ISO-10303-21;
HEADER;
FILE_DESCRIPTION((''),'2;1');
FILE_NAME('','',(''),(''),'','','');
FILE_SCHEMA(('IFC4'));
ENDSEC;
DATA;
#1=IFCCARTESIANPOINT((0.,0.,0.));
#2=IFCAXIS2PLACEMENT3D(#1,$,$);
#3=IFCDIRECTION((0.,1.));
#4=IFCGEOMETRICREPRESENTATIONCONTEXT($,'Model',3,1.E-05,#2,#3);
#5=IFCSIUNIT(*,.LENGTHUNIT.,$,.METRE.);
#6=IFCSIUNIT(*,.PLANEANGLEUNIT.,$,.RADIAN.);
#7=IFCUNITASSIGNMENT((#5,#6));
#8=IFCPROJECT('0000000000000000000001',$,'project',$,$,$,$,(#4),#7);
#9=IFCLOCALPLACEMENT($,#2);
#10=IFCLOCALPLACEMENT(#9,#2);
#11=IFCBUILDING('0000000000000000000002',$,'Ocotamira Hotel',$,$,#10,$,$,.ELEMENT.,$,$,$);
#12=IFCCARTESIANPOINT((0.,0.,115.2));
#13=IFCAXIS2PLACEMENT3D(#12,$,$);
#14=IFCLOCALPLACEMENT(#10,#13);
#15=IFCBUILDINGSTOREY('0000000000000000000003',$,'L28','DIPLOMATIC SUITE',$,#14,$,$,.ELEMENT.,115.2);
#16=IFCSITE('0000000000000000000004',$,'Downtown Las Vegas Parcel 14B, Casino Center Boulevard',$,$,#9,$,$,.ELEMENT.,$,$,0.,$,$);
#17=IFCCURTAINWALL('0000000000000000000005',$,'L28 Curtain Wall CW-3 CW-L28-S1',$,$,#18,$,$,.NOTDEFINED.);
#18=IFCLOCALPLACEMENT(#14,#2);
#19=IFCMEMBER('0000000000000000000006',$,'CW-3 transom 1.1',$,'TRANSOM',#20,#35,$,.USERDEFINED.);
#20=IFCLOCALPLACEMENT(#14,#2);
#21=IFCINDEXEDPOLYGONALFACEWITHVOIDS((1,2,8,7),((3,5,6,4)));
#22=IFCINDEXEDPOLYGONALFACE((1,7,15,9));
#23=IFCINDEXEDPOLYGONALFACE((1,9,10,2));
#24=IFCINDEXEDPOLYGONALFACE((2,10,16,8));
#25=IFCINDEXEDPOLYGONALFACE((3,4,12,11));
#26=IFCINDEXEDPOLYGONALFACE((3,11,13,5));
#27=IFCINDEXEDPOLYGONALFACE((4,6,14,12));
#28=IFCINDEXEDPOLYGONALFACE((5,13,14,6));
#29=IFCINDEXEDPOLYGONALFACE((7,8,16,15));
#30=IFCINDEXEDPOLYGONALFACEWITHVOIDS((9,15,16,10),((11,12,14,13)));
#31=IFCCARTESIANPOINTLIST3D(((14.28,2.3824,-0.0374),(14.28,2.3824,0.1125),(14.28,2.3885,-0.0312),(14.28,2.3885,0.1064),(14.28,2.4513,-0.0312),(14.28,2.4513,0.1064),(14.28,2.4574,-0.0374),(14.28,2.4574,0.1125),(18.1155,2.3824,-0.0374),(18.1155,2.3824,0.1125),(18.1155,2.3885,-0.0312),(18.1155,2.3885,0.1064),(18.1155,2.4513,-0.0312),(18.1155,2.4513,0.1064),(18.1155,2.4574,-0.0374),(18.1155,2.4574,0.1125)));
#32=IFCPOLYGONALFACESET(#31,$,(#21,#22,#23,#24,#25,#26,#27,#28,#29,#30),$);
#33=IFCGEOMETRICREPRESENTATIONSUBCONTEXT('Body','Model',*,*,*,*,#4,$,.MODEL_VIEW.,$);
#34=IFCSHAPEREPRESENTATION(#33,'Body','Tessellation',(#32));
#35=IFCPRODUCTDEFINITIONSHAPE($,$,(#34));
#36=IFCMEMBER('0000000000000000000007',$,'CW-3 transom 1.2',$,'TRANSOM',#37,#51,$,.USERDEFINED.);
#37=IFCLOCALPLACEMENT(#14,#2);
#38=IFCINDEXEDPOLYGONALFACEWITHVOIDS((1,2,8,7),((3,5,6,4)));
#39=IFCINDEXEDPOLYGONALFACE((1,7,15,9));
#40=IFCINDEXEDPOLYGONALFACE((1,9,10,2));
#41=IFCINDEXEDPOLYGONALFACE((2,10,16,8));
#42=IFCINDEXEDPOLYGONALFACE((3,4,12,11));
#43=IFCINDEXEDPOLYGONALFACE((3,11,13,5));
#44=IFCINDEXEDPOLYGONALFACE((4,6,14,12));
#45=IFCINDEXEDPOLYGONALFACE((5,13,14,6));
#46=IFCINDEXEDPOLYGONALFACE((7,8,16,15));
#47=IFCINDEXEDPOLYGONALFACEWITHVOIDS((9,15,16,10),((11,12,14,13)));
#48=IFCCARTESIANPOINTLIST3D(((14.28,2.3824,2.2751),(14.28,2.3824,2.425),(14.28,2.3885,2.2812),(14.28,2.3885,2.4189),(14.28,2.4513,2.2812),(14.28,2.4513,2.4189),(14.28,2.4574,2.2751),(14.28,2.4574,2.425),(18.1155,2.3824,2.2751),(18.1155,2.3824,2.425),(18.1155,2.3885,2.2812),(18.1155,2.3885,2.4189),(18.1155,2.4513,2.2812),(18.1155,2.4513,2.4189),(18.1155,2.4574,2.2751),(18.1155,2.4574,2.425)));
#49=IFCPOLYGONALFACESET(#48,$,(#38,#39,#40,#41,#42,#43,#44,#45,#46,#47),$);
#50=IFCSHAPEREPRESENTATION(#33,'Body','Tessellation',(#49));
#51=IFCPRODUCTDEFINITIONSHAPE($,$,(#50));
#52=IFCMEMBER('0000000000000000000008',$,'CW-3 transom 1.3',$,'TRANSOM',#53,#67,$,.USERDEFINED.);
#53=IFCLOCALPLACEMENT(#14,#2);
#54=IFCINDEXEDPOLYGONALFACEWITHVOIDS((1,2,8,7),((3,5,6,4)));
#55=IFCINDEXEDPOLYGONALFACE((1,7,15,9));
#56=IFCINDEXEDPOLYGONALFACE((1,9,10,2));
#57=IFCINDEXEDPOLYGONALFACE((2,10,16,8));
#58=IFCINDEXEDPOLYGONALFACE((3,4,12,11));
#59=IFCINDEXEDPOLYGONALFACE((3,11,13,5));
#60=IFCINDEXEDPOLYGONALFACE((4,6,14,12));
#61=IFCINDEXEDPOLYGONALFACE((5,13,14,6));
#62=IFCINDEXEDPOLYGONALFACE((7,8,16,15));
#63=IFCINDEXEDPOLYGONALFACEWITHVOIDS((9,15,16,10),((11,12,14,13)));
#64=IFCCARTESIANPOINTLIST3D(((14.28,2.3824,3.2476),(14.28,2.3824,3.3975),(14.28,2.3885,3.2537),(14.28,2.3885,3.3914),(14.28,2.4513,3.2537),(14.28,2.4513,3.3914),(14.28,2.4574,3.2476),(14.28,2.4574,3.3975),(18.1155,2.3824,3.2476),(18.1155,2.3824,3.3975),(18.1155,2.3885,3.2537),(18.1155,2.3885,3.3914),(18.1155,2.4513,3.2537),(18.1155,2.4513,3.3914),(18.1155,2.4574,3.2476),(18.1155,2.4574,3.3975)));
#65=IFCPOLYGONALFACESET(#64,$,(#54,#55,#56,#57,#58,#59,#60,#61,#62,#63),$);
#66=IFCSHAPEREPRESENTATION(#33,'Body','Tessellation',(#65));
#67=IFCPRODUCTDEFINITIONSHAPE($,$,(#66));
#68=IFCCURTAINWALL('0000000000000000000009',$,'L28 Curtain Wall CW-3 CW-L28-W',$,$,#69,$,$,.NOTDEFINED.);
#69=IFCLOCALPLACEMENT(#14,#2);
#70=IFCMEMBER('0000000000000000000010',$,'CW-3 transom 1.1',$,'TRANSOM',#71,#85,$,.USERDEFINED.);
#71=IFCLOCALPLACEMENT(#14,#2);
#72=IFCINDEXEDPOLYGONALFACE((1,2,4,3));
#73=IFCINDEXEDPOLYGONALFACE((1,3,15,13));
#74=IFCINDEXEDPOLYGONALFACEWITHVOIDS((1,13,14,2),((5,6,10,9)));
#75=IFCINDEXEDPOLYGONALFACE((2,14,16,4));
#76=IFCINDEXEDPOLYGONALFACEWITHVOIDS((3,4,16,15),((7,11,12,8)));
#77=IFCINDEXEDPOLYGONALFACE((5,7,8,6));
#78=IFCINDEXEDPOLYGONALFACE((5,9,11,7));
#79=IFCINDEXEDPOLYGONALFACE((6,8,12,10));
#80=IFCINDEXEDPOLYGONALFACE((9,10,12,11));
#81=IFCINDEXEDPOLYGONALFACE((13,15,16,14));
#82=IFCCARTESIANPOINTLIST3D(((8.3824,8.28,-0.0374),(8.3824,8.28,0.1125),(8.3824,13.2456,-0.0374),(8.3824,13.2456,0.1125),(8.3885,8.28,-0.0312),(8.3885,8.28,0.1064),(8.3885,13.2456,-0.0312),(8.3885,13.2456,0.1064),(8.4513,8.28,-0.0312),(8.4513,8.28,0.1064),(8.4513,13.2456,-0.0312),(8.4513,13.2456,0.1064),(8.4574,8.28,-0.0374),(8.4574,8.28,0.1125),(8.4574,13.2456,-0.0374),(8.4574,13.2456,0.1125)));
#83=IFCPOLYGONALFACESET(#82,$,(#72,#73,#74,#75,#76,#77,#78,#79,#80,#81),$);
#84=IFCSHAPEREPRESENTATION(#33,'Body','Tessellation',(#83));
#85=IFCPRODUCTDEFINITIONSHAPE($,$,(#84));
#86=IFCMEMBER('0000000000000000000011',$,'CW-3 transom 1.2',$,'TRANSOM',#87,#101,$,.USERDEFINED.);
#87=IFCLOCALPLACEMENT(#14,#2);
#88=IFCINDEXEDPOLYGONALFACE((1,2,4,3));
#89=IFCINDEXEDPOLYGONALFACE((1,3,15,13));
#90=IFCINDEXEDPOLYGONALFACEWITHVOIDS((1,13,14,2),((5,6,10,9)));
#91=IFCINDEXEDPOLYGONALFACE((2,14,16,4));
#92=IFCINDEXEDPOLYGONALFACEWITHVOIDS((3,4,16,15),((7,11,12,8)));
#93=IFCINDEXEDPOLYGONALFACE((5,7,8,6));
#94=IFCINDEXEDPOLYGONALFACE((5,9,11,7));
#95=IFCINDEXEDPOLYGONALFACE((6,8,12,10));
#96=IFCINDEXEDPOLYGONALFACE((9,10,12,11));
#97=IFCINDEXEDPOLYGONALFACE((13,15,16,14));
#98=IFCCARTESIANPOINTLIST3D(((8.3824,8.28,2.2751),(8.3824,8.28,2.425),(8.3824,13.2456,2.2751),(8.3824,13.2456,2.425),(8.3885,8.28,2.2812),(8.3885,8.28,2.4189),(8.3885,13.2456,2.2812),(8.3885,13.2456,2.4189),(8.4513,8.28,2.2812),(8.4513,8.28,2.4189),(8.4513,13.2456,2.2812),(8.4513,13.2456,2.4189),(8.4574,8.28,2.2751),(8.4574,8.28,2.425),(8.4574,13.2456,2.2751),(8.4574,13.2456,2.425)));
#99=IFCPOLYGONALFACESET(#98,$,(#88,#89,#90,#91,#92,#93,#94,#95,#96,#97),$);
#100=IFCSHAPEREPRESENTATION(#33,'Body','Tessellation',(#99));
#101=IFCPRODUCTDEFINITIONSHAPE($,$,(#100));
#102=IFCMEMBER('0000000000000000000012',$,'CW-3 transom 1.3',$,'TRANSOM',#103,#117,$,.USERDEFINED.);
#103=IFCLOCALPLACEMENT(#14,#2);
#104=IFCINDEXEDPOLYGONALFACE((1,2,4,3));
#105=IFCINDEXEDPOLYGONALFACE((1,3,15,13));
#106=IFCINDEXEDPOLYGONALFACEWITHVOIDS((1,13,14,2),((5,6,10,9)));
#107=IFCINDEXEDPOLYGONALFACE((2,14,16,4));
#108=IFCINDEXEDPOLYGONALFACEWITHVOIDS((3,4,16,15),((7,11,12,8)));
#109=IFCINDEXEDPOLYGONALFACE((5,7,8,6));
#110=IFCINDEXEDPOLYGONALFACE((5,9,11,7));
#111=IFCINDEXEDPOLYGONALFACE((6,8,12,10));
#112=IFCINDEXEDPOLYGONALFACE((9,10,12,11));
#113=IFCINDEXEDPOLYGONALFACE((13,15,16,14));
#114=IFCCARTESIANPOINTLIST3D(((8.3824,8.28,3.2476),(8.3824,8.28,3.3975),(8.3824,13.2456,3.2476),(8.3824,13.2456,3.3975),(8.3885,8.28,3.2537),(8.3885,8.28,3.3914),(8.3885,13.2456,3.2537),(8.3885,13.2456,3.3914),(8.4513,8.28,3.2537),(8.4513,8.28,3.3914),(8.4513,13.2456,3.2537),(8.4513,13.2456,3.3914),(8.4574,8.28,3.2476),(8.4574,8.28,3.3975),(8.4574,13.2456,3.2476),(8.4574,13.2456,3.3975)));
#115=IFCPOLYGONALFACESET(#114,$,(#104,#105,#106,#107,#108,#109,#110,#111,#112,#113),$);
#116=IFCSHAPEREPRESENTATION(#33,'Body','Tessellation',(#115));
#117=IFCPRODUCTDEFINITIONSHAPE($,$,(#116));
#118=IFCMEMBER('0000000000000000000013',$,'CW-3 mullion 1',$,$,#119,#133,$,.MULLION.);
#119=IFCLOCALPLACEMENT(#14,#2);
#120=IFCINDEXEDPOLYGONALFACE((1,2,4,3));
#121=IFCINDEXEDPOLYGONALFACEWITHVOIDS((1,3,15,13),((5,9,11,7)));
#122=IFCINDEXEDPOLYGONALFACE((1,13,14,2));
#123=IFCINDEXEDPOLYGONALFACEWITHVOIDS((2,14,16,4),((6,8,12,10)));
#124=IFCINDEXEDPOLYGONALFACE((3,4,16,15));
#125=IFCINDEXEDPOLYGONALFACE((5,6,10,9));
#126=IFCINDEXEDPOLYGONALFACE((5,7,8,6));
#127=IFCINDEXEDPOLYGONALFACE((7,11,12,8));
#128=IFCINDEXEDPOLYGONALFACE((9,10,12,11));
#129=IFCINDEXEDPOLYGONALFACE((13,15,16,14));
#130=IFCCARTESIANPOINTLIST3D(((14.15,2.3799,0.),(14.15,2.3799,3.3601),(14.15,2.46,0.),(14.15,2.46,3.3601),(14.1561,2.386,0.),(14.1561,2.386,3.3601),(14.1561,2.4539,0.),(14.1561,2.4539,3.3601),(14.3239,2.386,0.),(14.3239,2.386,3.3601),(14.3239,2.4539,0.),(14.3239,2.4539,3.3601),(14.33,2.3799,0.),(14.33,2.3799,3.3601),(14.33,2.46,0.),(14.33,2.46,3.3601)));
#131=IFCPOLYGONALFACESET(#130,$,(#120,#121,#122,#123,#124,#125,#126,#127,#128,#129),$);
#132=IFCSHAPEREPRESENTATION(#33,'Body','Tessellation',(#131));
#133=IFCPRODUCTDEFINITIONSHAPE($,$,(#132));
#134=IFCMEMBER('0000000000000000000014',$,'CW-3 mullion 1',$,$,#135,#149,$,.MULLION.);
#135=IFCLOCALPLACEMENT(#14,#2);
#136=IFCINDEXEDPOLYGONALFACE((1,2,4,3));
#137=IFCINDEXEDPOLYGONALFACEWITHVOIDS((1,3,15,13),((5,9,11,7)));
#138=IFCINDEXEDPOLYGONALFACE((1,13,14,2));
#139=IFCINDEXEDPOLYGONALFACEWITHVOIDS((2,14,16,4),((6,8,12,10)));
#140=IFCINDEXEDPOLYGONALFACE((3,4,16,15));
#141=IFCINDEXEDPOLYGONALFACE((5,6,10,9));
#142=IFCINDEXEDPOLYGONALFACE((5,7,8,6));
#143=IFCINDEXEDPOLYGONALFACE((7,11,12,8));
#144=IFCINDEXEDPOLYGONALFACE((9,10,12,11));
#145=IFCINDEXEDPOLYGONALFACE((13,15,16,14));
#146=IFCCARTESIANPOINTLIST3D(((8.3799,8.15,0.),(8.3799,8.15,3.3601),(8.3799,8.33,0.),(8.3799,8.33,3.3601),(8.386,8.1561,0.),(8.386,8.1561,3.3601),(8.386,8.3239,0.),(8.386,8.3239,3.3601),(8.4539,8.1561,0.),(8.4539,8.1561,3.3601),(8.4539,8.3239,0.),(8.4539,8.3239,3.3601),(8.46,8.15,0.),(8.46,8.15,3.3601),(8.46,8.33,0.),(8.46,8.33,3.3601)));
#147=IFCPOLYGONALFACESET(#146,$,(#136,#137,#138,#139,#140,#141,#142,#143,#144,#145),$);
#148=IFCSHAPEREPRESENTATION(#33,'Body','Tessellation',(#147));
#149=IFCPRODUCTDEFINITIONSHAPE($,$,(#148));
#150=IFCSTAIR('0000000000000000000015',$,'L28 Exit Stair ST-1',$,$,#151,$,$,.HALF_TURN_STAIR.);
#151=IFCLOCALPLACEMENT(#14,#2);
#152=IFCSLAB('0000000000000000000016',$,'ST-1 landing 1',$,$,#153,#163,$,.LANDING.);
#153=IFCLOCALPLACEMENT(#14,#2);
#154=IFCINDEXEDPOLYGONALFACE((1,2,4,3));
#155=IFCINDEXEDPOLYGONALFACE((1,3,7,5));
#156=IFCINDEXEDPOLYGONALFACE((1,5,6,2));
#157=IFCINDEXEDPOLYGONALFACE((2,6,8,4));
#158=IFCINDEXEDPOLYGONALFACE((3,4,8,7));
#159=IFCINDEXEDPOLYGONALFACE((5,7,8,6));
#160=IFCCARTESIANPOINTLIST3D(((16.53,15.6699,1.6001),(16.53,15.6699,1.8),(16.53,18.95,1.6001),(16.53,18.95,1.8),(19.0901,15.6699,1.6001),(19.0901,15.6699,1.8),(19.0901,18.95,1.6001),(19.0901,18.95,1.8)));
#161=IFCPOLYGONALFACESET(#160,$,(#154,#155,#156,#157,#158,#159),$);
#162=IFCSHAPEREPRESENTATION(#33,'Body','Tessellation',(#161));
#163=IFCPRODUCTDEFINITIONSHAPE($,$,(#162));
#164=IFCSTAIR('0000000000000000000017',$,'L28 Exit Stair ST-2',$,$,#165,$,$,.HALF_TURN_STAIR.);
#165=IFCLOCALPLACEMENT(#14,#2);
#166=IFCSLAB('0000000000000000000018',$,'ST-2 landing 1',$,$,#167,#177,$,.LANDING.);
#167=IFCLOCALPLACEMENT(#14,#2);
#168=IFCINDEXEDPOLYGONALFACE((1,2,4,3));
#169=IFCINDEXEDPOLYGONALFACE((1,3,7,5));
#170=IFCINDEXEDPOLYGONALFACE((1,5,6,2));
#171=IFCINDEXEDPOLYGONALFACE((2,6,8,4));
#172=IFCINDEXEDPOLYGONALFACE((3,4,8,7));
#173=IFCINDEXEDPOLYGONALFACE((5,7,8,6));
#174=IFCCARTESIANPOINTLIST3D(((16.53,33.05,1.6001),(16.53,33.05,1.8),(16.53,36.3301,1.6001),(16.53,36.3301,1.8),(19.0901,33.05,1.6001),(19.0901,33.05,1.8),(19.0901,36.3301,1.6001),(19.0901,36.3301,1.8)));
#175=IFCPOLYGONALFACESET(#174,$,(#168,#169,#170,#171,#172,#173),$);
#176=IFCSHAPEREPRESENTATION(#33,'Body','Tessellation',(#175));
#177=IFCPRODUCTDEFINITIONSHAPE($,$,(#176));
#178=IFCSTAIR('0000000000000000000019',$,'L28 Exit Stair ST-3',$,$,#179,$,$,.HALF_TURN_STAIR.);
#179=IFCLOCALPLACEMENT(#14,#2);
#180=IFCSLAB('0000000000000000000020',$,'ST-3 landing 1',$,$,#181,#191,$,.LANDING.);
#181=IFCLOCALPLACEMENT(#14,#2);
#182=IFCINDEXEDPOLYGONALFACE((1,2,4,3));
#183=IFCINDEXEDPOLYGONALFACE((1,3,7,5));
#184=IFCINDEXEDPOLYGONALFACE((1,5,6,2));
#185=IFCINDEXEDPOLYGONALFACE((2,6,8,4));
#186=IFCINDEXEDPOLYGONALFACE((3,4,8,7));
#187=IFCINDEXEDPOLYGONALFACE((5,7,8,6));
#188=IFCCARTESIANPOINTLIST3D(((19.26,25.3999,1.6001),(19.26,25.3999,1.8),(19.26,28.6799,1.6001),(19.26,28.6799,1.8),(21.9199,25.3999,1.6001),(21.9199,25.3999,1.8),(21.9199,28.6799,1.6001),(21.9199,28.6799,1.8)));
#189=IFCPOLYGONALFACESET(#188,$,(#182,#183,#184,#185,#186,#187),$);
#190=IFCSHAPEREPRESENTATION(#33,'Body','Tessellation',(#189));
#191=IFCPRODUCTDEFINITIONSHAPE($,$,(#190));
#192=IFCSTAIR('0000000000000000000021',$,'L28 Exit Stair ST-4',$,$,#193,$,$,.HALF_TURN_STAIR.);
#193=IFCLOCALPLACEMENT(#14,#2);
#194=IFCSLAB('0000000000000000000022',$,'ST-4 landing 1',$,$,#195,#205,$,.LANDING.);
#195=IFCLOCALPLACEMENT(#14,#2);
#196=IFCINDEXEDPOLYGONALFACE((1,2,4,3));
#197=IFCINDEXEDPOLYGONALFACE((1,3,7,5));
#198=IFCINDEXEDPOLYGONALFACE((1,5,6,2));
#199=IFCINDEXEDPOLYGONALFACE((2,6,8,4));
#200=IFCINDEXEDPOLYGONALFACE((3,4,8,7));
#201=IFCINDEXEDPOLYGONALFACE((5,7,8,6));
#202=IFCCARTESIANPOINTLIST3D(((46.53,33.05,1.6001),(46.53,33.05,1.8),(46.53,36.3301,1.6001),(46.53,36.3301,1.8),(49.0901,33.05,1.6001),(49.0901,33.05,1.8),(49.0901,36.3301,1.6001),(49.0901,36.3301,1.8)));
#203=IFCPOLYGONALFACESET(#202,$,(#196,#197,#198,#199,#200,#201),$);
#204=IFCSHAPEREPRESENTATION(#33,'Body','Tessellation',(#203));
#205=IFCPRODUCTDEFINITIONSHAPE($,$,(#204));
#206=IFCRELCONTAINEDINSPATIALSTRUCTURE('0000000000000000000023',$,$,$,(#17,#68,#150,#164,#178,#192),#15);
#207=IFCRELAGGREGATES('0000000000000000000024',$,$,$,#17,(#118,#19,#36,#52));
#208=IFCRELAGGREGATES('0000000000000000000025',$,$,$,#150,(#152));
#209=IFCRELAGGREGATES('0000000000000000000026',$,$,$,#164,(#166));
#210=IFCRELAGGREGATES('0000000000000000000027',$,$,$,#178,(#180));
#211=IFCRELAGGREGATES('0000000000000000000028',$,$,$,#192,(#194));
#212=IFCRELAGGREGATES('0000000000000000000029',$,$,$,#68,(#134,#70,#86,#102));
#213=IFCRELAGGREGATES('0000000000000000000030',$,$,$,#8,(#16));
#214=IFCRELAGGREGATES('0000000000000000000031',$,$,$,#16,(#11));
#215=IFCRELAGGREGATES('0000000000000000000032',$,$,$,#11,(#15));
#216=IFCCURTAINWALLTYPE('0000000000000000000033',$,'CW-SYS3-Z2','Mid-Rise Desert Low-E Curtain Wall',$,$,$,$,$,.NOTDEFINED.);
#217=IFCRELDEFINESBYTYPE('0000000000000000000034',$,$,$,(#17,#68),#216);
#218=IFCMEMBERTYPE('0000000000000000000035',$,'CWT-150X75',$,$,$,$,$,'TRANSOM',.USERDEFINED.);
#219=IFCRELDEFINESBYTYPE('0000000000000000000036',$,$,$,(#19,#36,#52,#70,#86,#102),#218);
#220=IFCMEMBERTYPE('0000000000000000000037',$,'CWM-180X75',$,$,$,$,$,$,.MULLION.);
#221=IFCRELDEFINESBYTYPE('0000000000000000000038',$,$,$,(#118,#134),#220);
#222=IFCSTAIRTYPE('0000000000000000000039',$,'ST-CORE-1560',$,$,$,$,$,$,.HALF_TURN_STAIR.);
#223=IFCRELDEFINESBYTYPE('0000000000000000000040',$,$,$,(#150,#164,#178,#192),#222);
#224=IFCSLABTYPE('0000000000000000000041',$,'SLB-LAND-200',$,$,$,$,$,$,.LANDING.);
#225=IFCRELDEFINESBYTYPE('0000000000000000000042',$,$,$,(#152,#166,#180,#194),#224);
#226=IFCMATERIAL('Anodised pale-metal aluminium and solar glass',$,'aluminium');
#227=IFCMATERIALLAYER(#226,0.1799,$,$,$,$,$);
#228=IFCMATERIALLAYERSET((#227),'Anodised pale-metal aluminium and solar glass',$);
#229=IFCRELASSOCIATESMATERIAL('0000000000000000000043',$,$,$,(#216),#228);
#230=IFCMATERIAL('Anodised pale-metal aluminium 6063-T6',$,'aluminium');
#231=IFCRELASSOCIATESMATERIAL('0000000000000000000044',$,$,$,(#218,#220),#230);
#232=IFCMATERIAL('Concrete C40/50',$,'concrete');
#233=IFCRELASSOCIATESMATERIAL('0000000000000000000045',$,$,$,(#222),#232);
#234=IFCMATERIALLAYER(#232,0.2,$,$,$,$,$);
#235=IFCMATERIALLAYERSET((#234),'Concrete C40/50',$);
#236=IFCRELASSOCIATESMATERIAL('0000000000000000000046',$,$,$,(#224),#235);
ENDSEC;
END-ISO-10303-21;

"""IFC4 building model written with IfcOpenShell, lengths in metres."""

from ifc_helpers import new_model, si_unit, direction, frame, origin, origin_2d, place, context, subcontext, project, spatial, polyline, hollow_rectangle, outline, extrude, source, transform, mapped, material, layer, layer_set, material_profile, profile_set, type_object, element, aggregate, save


model = new_model("IFC4")

# Units and contexts
model_context = context("Model", 3, precision=1e-05, world=origin(), true_north=direction((0.0, 1.0)))
body_context = subcontext(model_context, "Body", "Model", "MODEL_VIEW")
ifc_project = project(units=[si_unit("LENGTHUNIT", "METRE"), si_unit("PLANEANGLEUNIT", "RADIAN")], contexts=[model_context])

# Site, building, storey
site_placement = place(None, origin())
site = spatial("IfcSite", under=ifc_project, at=site_placement, Name="Downtown Las Vegas Parcel 14B, Casino Center Boulevard", CompositionType="ELEMENT", RefElevation=0.0)
building_placement = place(site_placement, origin())
building = spatial("IfcBuilding", under=site, at=building_placement, Name="Ocotamira Hotel", CompositionType="ELEMENT")
storey_placement = place(building_placement, frame((0.0, 0.0, 115.2)))
storey = spatial("IfcBuildingStorey", under=building, at=storey_placement, Name="L28", Description="DIPLOMATIC SUITE", CompositionType="ELEMENT", Elevation=115.2)

# Curtain walls, members
ifc_material_1 = material(Name="Anodised pale-metal aluminium and solar glass", Category="aluminium")
ifc_layer_1 = layer(ifc_material_1, 0.1799)
ifc_layer_set_1 = layer_set([ifc_layer_1], Name="Anodised pale-metal aluminium and solar glass")
curtain_wall_type = type_object("IfcCurtainWallType", Name="CW-SYS3-Z2", Description="Mid-Rise Desert Low-E Curtain Wall", PredefinedType="NOTDEFINED", material=ifc_layer_set_1)
curtain_wall_1_placement = place(storey_placement, origin())
curtain_wall_1 = element("IfcCurtainWall", 1, at=curtain_wall_1_placement, inside=storey, type_object=curtain_wall_type, Name="L28 Curtain Wall CW-3 CW-L28-S1", PredefinedType="NOTDEFINED")
ifc_material_2 = material(Name="Anodised pale-metal aluminium 6063-T6", Category="aluminium")
ifc_material_profile_1 = material_profile(ifc_material_2, hollow_rectangle(XDim=0.075, YDim=0.1499, WallThickness=0.0061, at=origin_2d()), Name="HSS150X75X6")
ifc_profile_set_1 = profile_set([ifc_material_profile_1], Name="Anodised pale-metal aluminium 6063-T6")
member_type_1 = type_object("IfcMemberType", Name="CWT-150X75", ElementType="TRANSOM", PredefinedType="USERDEFINED", material=ifc_profile_set_1)
shared_shape_1 = source(origin(), body_context, "Body", "SweptSolid", [
    extrude(hollow_rectangle(XDim=0.075, YDim=0.1499, WallThickness=0.0061, at=origin_2d()), origin(), (0.0, 0.0, 1.0), 3.8354),
])
member_1_placement = place(storey_placement, frame((14.28, 2.4199, 0.0376), z_axis=(1.0, 0.0, 0.0), x_axis=(0.0, 1.0, 0.0)))
member_1 = element("IfcMember", 2, at=member_1_placement, type_object=member_type_1, Name="CW-3 transom 1.1", ObjectType="TRANSOM", PredefinedType="USERDEFINED", context=body_context, shape_type="MappedRepresentation", body=[
    mapped(shared_shape_1, transform((0.0, 0.0, 0.0), scale=1.0)),
])
member_2_placement = place(storey_placement, frame((14.28, 2.4199, 2.3501), z_axis=(1.0, 0.0, 0.0), x_axis=(0.0, 1.0, 0.0)))
member_2 = element("IfcMember", 3, at=member_2_placement, type_object=member_type_1, Name="CW-3 transom 1.2", ObjectType="TRANSOM", PredefinedType="USERDEFINED", context=body_context, shape_type="MappedRepresentation", body=[
    mapped(shared_shape_1, transform((0.0, 0.0, 0.0), scale=1.0)),
])
member_3_placement = place(storey_placement, frame((14.28, 2.4199, 3.3225), z_axis=(1.0, 0.0, 0.0), x_axis=(0.0, 1.0, 0.0)))
member_3 = element("IfcMember", 4, at=member_3_placement, type_object=member_type_1, Name="CW-3 transom 1.3", ObjectType="TRANSOM", PredefinedType="USERDEFINED", context=body_context, shape_type="MappedRepresentation", body=[
    mapped(shared_shape_1, transform((0.0, 0.0, 0.0), scale=1.0)),
])
curtain_wall_2_placement = place(storey_placement, origin())
curtain_wall_2 = element("IfcCurtainWall", 5, at=curtain_wall_2_placement, inside=storey, type_object=curtain_wall_type, Name="L28 Curtain Wall CW-3 CW-L28-W", PredefinedType="NOTDEFINED")
shared_shape_2 = source(origin(), body_context, "Body", "SweptSolid", [
    extrude(hollow_rectangle(XDim=0.075, YDim=0.1499, WallThickness=0.0061, at=origin_2d()), origin(), (0.0, 0.0, 1.0), 4.9656),
])
member_4_placement = place(storey_placement, frame((8.4199, 8.28, 0.0376), z_axis=(0.0, 1.0, 0.0), x_axis=(-1.0, 0.0, 0.0)))
member_4 = element("IfcMember", 6, at=member_4_placement, type_object=member_type_1, Name="CW-3 transom 1.1", ObjectType="TRANSOM", PredefinedType="USERDEFINED", context=body_context, shape_type="MappedRepresentation", body=[
    mapped(shared_shape_2, transform((0.0, 0.0, 0.0), scale=1.0)),
])
member_5_placement = place(storey_placement, frame((8.4199, 8.28, 2.3501), z_axis=(0.0, 1.0, 0.0), x_axis=(-1.0, 0.0, 0.0)))
member_5 = element("IfcMember", 7, at=member_5_placement, type_object=member_type_1, Name="CW-3 transom 1.2", ObjectType="TRANSOM", PredefinedType="USERDEFINED", context=body_context, shape_type="MappedRepresentation", body=[
    mapped(shared_shape_2, transform((0.0, 0.0, 0.0), scale=1.0)),
])
member_6_placement = place(storey_placement, frame((8.4199, 8.28, 3.3225), z_axis=(0.0, 1.0, 0.0), x_axis=(-1.0, 0.0, 0.0)))
member_6 = element("IfcMember", 8, at=member_6_placement, type_object=member_type_1, Name="CW-3 transom 1.3", ObjectType="TRANSOM", PredefinedType="USERDEFINED", context=body_context, shape_type="MappedRepresentation", body=[
    mapped(shared_shape_2, transform((0.0, 0.0, 0.0), scale=1.0)),
])

# Members
ifc_material_profile_2 = material_profile(ifc_material_2, hollow_rectangle(XDim=0.0801, YDim=0.1799, WallThickness=0.0061, at=origin_2d()), Name="HSS180X80X6")
ifc_profile_set_2 = profile_set([ifc_material_profile_2], Name="Anodised pale-metal aluminium 6063-T6")
member_type_2 = type_object("IfcMemberType", Name="CWM-180X75", PredefinedType="MULLION", material=ifc_profile_set_2)
shared_shape_3 = source(origin(), body_context, "Body", "SweptSolid", [
    extrude(hollow_rectangle(XDim=0.0801, YDim=0.1799, WallThickness=0.0061, at=origin_2d()), origin(), (0.0, 0.0, 1.0), 3.3601),
])
member_7_placement = place(storey_placement, frame((14.24, 2.4199, 0.0), z_axis=(0.0, 0.0, 1.0), x_axis=(0.0, 1.0, 0.0)))
member_7 = element("IfcMember", 9, at=member_7_placement, type_object=member_type_2, Name="CW-3 mullion 1", PredefinedType="MULLION", context=body_context, shape_type="MappedRepresentation", body=[
    mapped(shared_shape_3, transform((0.0, 0.0, 0.0), scale=1.0)),
])
aggregate(curtain_wall_1, [member_7, member_1, member_2, member_3])
member_8_placement = place(storey_placement, frame((8.4199, 8.24, 0.0), z_axis=(0.0, 0.0, 1.0), x_axis=(-1.0, 0.0, 0.0)))
member_8 = element("IfcMember", 10, at=member_8_placement, type_object=member_type_2, Name="CW-3 mullion 1", PredefinedType="MULLION", context=body_context, shape_type="MappedRepresentation", body=[
    mapped(shared_shape_3, transform((0.0, 0.0, 0.0), scale=1.0)),
])

# Stairs, slabs
ifc_material_3 = material(Name="Concrete C40/50", Category="concrete")
stair_type = type_object("IfcStairType", Name="ST-CORE-1560", PredefinedType="HALF_TURN_STAIR", material=ifc_material_3)
stair_1_placement = place(storey_placement, origin())
stair_1 = element("IfcStair", 11, at=stair_1_placement, inside=storey, type_object=stair_type, Name="L28 Exit Stair ST-1", PredefinedType="HALF_TURN_STAIR")
ifc_layer_2 = layer(ifc_material_3, 0.2)
ifc_layer_set_2 = layer_set([ifc_layer_2], Name="Concrete C40/50")
slab_type_1 = type_object("IfcSlabType", Name="SLB-LAND-200", PredefinedType="LANDING", material=ifc_layer_set_2)
slab_1_placement = place(storey_placement, frame((0.0, 0.0, 1.6001)))
slab_1 = element("IfcSlab", 12, at=slab_1_placement, type_object=slab_type_1, Name="ST-1 landing 1", PredefinedType="LANDING", context=body_context, shape_type="SweptSolid", body=[
    extrude(outline(polyline([(16.53, 15.6699), (19.0901, 15.6699), (19.0901, 18.95), (16.53, 18.95), (16.53, 15.6699)])), origin(), (0.0, 0.0, 1.0), 0.2),
])
aggregate(stair_1, [slab_1])
stair_2_placement = place(storey_placement, origin())
stair_2 = element("IfcStair", 13, at=stair_2_placement, inside=storey, type_object=stair_type, Name="L28 Exit Stair ST-2", PredefinedType="HALF_TURN_STAIR")
slab_2_placement = place(storey_placement, frame((0.0, 0.0, 1.6001)))
slab_2 = element("IfcSlab", 14, at=slab_2_placement, type_object=slab_type_1, Name="ST-2 landing 1", PredefinedType="LANDING", context=body_context, shape_type="SweptSolid", body=[
    extrude(outline(polyline([(16.53, 33.05), (19.0901, 33.05), (19.0901, 36.3301), (16.53, 36.3301), (16.53, 33.05)])), origin(), (0.0, 0.0, 1.0), 0.2),
])
aggregate(stair_2, [slab_2])
stair_3_placement = place(storey_placement, origin())
stair_3 = element("IfcStair", 15, at=stair_3_placement, inside=storey, type_object=stair_type, Name="L28 Exit Stair ST-3", PredefinedType="HALF_TURN_STAIR")
slab_3_placement = place(storey_placement, frame((0.0, 0.0, 1.6001)))
slab_3 = element("IfcSlab", 16, at=slab_3_placement, type_object=slab_type_1, Name="ST-3 landing 1", PredefinedType="LANDING", context=body_context, shape_type="SweptSolid", body=[
    extrude(outline(polyline([(19.26, 25.3999), (21.9199, 25.3999), (21.9199, 28.6799), (19.26, 28.6799), (19.26, 25.3999)])), origin(), (0.0, 0.0, 1.0), 0.2),
])
aggregate(stair_3, [slab_3])
stair_4_placement = place(storey_placement, origin())
stair_4 = element("IfcStair", 17, at=stair_4_placement, inside=storey, type_object=stair_type, Name="L28 Exit Stair ST-4", PredefinedType="HALF_TURN_STAIR")
slab_4_placement = place(storey_placement, frame((0.0, 0.0, 1.6001)))
slab_4 = element("IfcSlab", 18, at=slab_4_placement, type_object=slab_type_1, Name="ST-4 landing 1", PredefinedType="LANDING", context=body_context, shape_type="SweptSolid", body=[
    extrude(outline(polyline([(46.53, 33.05), (49.0901, 33.05), (49.0901, 36.3301), (46.53, 36.3301), (46.53, 33.05)])), origin(), (0.0, 0.0, 1.0), 0.2),
])
aggregate(stair_4, [slab_4])

aggregate(curtain_wall_2, [member_8, member_4, member_5, member_6])

save(model, "model.ifc")
